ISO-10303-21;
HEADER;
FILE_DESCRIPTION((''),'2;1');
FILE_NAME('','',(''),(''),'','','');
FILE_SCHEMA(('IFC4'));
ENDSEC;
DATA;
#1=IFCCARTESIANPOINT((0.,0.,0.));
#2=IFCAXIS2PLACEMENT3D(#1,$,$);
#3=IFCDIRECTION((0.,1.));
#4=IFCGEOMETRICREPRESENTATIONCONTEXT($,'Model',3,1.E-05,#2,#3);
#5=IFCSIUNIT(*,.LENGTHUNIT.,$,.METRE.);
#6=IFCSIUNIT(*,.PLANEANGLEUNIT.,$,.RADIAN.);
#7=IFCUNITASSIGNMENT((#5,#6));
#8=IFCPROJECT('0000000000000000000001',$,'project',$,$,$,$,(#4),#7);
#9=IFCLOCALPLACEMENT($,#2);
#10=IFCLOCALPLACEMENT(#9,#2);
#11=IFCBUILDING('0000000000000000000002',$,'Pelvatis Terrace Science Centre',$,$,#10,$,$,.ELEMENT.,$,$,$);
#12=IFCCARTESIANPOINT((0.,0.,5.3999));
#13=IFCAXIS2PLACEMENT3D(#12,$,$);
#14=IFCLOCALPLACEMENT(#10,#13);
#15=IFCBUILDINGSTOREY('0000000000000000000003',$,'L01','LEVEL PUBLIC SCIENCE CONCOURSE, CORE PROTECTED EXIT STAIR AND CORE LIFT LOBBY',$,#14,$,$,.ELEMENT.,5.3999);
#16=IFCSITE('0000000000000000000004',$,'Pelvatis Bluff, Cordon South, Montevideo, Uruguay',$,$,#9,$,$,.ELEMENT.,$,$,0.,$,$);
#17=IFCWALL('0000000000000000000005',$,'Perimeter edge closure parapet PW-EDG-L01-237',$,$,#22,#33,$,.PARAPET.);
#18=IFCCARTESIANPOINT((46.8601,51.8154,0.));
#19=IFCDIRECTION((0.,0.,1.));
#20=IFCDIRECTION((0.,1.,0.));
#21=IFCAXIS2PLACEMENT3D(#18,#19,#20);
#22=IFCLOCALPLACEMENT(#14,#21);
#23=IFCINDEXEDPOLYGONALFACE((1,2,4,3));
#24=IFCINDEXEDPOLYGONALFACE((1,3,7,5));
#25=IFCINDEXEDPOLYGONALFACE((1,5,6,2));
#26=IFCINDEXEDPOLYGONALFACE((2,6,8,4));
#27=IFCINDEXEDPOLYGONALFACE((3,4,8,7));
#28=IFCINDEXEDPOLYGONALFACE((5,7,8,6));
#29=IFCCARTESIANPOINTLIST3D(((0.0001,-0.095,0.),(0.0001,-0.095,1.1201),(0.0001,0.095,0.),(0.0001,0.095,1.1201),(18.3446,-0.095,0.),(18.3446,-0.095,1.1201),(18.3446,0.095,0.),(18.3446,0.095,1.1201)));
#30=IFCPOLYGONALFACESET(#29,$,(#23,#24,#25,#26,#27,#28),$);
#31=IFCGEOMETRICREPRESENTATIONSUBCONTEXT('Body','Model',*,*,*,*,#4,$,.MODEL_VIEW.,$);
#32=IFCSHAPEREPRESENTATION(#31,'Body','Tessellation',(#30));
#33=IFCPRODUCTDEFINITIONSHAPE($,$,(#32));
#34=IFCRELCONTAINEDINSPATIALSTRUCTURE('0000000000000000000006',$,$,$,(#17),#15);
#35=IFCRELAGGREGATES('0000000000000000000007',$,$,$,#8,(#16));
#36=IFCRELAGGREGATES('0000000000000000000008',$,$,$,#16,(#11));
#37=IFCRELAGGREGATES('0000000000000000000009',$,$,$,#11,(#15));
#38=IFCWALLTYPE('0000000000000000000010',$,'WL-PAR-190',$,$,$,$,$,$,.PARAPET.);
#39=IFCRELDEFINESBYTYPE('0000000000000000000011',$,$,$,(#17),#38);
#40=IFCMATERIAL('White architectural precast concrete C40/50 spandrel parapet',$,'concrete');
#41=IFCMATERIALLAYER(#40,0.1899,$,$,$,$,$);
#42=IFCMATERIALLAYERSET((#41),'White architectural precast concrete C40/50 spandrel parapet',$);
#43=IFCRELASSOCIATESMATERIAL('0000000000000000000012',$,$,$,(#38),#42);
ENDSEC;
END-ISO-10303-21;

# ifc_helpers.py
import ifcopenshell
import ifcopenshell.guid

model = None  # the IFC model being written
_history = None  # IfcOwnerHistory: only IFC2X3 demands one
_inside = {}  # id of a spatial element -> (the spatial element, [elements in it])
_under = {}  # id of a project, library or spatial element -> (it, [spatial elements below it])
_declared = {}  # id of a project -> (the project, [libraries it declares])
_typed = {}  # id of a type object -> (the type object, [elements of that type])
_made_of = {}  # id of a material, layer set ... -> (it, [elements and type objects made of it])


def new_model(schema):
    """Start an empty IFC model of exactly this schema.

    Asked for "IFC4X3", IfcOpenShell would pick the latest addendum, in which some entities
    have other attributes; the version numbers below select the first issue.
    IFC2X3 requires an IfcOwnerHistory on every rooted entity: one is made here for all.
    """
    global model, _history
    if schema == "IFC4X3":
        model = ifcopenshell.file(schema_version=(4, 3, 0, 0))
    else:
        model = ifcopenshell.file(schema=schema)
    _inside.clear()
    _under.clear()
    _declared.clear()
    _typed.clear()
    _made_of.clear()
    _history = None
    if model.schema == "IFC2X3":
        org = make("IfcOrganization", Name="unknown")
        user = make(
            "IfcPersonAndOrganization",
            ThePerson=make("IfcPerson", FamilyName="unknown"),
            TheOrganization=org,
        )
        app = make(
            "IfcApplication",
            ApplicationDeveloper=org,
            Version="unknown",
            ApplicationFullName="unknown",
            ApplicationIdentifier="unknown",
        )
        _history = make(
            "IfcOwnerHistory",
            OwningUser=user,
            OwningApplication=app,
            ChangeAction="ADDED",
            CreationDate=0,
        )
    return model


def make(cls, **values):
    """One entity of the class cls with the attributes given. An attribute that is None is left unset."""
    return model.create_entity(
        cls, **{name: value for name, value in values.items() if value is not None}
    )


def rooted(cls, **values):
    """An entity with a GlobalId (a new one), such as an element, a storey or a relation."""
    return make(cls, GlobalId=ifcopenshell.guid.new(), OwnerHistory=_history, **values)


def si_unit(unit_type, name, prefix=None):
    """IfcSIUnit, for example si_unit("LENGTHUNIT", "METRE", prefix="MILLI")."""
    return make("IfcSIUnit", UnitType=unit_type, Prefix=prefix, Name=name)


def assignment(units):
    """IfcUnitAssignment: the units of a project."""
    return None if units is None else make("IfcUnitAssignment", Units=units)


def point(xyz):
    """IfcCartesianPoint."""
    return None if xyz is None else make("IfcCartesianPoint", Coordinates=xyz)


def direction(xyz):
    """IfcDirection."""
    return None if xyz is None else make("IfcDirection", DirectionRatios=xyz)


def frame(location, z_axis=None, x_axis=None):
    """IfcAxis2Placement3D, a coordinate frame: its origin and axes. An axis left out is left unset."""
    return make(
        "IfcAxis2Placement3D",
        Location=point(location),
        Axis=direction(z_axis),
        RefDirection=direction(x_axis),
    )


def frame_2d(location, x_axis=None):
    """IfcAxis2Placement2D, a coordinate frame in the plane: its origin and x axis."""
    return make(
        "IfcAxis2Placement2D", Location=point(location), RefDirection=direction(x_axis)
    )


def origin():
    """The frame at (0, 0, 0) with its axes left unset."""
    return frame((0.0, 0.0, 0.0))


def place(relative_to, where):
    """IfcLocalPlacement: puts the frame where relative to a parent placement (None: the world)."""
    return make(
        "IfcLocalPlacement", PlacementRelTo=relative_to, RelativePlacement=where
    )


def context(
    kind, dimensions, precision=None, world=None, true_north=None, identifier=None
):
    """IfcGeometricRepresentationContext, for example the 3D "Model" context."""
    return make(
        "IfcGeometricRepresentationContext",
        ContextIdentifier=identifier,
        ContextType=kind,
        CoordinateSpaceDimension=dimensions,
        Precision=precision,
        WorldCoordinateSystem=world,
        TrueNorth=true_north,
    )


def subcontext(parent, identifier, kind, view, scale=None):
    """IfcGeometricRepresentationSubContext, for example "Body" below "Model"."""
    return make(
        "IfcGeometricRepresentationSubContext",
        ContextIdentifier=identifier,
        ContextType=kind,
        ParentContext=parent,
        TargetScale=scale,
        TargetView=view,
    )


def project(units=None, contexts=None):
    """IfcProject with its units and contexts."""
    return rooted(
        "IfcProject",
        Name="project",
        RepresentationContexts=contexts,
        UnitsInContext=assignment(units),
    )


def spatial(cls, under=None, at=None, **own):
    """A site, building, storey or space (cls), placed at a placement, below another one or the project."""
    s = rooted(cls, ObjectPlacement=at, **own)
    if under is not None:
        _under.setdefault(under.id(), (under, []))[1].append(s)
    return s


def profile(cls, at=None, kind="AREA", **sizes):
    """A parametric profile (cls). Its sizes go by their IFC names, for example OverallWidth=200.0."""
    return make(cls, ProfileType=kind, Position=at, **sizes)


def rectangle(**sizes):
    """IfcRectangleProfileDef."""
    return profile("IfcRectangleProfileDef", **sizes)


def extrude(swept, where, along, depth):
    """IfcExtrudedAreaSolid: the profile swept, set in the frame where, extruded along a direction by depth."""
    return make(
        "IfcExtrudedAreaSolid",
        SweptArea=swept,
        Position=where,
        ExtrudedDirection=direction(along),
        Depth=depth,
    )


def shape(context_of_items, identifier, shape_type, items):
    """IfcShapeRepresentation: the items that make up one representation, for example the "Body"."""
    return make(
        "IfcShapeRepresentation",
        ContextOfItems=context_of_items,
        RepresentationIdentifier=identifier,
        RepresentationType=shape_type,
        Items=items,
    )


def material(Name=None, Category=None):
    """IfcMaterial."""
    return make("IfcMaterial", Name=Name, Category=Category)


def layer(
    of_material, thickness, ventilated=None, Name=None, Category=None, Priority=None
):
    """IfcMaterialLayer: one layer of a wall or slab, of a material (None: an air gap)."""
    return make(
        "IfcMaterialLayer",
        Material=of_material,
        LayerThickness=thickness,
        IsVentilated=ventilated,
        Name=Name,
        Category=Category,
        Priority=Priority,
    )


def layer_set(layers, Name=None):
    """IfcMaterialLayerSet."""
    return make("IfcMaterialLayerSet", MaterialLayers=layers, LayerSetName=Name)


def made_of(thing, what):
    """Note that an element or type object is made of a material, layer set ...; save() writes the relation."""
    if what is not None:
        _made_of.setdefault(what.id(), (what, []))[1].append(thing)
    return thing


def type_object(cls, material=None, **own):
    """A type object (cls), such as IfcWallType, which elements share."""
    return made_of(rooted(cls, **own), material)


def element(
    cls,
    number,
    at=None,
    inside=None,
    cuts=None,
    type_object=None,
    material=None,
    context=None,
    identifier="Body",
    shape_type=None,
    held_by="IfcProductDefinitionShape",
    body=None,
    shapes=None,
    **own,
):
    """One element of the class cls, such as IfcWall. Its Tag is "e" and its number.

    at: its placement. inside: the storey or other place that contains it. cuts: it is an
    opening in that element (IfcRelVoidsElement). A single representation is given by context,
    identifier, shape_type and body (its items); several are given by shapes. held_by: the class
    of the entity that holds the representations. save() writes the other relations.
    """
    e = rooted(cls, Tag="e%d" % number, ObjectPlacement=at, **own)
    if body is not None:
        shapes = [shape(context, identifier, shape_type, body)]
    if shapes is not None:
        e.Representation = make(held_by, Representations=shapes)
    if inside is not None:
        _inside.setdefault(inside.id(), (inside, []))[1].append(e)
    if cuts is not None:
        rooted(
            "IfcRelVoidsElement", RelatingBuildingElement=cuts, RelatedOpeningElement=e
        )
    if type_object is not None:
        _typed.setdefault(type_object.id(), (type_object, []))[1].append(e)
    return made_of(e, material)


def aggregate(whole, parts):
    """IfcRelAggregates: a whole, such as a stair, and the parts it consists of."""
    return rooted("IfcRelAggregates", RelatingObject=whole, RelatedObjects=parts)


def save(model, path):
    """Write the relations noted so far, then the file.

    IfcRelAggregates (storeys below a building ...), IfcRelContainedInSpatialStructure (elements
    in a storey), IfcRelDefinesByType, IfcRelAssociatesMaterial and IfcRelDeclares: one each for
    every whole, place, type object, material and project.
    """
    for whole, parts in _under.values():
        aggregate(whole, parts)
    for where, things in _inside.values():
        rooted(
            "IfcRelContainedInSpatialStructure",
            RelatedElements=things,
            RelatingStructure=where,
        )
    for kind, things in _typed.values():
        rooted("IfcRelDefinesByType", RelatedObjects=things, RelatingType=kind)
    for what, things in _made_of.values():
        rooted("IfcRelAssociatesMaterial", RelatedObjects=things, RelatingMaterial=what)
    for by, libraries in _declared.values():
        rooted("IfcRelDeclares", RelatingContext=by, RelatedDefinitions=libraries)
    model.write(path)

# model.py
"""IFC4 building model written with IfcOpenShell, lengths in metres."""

from ifc_helpers import new_model, si_unit, direction, frame, frame_2d, origin, place, context, subcontext, project, spatial, rectangle, extrude, material, layer, layer_set, type_object, element, save


model = new_model("IFC4")

# Units and contexts
model_context = context("Model", 3, precision=1e-05, world=origin(), true_north=direction((0.0, 1.0)))
body_context = subcontext(model_context, "Body", "Model", "MODEL_VIEW")
ifc_project = project(units=[si_unit("LENGTHUNIT", "METRE"), si_unit("PLANEANGLEUNIT", "RADIAN")], contexts=[model_context])

# Site, building, storey
site_placement = place(None, origin())
site = spatial("IfcSite", under=ifc_project, at=site_placement, Name="Pelvatis Bluff, Cordon South, Montevideo, Uruguay", CompositionType="ELEMENT", RefElevation=0.0)
building_placement = place(site_placement, origin())
building = spatial("IfcBuilding", under=site, at=building_placement, Name="Pelvatis Terrace Science Centre", CompositionType="ELEMENT")
storey_placement = place(building_placement, frame((0.0, 0.0, 5.3999)))
storey = spatial("IfcBuildingStorey", under=building, at=storey_placement, Name="L01", Description="LEVEL PUBLIC SCIENCE CONCOURSE, CORE PROTECTED EXIT STAIR AND CORE LIFT LOBBY", CompositionType="ELEMENT", Elevation=5.3999)

# Wall
ifc_material_1 = material(Name="White architectural precast concrete C40/50 spandrel parapet", Category="concrete")
ifc_layer_1 = layer(ifc_material_1, 0.1899)
ifc_layer_set_1 = layer_set([ifc_layer_1], Name="White architectural precast concrete C40/50 spandrel parapet")
wall_type_1 = type_object("IfcWallType", Name="WL-PAR-190", PredefinedType="PARAPET", material=ifc_layer_set_1)
wall_1_placement = place(storey_placement, frame((46.8601, 51.8154, 0.0), z_axis=(0.0, 0.0, 1.0), x_axis=(0.0, 1.0, 0.0)))
element("IfcWall", 1, at=wall_1_placement, inside=storey, type_object=wall_type_1, Name="Perimeter edge closure parapet PW-EDG-L01-237", PredefinedType="PARAPET", context=body_context, shape_type="SweptSolid", body=[
    extrude(rectangle(XDim=18.3445, YDim=0.1899, at=frame_2d((9.1724, 0.0))), origin(), (0.0, 0.0, 1.0), 1.1201),
])

save(model, "model.ifc")
